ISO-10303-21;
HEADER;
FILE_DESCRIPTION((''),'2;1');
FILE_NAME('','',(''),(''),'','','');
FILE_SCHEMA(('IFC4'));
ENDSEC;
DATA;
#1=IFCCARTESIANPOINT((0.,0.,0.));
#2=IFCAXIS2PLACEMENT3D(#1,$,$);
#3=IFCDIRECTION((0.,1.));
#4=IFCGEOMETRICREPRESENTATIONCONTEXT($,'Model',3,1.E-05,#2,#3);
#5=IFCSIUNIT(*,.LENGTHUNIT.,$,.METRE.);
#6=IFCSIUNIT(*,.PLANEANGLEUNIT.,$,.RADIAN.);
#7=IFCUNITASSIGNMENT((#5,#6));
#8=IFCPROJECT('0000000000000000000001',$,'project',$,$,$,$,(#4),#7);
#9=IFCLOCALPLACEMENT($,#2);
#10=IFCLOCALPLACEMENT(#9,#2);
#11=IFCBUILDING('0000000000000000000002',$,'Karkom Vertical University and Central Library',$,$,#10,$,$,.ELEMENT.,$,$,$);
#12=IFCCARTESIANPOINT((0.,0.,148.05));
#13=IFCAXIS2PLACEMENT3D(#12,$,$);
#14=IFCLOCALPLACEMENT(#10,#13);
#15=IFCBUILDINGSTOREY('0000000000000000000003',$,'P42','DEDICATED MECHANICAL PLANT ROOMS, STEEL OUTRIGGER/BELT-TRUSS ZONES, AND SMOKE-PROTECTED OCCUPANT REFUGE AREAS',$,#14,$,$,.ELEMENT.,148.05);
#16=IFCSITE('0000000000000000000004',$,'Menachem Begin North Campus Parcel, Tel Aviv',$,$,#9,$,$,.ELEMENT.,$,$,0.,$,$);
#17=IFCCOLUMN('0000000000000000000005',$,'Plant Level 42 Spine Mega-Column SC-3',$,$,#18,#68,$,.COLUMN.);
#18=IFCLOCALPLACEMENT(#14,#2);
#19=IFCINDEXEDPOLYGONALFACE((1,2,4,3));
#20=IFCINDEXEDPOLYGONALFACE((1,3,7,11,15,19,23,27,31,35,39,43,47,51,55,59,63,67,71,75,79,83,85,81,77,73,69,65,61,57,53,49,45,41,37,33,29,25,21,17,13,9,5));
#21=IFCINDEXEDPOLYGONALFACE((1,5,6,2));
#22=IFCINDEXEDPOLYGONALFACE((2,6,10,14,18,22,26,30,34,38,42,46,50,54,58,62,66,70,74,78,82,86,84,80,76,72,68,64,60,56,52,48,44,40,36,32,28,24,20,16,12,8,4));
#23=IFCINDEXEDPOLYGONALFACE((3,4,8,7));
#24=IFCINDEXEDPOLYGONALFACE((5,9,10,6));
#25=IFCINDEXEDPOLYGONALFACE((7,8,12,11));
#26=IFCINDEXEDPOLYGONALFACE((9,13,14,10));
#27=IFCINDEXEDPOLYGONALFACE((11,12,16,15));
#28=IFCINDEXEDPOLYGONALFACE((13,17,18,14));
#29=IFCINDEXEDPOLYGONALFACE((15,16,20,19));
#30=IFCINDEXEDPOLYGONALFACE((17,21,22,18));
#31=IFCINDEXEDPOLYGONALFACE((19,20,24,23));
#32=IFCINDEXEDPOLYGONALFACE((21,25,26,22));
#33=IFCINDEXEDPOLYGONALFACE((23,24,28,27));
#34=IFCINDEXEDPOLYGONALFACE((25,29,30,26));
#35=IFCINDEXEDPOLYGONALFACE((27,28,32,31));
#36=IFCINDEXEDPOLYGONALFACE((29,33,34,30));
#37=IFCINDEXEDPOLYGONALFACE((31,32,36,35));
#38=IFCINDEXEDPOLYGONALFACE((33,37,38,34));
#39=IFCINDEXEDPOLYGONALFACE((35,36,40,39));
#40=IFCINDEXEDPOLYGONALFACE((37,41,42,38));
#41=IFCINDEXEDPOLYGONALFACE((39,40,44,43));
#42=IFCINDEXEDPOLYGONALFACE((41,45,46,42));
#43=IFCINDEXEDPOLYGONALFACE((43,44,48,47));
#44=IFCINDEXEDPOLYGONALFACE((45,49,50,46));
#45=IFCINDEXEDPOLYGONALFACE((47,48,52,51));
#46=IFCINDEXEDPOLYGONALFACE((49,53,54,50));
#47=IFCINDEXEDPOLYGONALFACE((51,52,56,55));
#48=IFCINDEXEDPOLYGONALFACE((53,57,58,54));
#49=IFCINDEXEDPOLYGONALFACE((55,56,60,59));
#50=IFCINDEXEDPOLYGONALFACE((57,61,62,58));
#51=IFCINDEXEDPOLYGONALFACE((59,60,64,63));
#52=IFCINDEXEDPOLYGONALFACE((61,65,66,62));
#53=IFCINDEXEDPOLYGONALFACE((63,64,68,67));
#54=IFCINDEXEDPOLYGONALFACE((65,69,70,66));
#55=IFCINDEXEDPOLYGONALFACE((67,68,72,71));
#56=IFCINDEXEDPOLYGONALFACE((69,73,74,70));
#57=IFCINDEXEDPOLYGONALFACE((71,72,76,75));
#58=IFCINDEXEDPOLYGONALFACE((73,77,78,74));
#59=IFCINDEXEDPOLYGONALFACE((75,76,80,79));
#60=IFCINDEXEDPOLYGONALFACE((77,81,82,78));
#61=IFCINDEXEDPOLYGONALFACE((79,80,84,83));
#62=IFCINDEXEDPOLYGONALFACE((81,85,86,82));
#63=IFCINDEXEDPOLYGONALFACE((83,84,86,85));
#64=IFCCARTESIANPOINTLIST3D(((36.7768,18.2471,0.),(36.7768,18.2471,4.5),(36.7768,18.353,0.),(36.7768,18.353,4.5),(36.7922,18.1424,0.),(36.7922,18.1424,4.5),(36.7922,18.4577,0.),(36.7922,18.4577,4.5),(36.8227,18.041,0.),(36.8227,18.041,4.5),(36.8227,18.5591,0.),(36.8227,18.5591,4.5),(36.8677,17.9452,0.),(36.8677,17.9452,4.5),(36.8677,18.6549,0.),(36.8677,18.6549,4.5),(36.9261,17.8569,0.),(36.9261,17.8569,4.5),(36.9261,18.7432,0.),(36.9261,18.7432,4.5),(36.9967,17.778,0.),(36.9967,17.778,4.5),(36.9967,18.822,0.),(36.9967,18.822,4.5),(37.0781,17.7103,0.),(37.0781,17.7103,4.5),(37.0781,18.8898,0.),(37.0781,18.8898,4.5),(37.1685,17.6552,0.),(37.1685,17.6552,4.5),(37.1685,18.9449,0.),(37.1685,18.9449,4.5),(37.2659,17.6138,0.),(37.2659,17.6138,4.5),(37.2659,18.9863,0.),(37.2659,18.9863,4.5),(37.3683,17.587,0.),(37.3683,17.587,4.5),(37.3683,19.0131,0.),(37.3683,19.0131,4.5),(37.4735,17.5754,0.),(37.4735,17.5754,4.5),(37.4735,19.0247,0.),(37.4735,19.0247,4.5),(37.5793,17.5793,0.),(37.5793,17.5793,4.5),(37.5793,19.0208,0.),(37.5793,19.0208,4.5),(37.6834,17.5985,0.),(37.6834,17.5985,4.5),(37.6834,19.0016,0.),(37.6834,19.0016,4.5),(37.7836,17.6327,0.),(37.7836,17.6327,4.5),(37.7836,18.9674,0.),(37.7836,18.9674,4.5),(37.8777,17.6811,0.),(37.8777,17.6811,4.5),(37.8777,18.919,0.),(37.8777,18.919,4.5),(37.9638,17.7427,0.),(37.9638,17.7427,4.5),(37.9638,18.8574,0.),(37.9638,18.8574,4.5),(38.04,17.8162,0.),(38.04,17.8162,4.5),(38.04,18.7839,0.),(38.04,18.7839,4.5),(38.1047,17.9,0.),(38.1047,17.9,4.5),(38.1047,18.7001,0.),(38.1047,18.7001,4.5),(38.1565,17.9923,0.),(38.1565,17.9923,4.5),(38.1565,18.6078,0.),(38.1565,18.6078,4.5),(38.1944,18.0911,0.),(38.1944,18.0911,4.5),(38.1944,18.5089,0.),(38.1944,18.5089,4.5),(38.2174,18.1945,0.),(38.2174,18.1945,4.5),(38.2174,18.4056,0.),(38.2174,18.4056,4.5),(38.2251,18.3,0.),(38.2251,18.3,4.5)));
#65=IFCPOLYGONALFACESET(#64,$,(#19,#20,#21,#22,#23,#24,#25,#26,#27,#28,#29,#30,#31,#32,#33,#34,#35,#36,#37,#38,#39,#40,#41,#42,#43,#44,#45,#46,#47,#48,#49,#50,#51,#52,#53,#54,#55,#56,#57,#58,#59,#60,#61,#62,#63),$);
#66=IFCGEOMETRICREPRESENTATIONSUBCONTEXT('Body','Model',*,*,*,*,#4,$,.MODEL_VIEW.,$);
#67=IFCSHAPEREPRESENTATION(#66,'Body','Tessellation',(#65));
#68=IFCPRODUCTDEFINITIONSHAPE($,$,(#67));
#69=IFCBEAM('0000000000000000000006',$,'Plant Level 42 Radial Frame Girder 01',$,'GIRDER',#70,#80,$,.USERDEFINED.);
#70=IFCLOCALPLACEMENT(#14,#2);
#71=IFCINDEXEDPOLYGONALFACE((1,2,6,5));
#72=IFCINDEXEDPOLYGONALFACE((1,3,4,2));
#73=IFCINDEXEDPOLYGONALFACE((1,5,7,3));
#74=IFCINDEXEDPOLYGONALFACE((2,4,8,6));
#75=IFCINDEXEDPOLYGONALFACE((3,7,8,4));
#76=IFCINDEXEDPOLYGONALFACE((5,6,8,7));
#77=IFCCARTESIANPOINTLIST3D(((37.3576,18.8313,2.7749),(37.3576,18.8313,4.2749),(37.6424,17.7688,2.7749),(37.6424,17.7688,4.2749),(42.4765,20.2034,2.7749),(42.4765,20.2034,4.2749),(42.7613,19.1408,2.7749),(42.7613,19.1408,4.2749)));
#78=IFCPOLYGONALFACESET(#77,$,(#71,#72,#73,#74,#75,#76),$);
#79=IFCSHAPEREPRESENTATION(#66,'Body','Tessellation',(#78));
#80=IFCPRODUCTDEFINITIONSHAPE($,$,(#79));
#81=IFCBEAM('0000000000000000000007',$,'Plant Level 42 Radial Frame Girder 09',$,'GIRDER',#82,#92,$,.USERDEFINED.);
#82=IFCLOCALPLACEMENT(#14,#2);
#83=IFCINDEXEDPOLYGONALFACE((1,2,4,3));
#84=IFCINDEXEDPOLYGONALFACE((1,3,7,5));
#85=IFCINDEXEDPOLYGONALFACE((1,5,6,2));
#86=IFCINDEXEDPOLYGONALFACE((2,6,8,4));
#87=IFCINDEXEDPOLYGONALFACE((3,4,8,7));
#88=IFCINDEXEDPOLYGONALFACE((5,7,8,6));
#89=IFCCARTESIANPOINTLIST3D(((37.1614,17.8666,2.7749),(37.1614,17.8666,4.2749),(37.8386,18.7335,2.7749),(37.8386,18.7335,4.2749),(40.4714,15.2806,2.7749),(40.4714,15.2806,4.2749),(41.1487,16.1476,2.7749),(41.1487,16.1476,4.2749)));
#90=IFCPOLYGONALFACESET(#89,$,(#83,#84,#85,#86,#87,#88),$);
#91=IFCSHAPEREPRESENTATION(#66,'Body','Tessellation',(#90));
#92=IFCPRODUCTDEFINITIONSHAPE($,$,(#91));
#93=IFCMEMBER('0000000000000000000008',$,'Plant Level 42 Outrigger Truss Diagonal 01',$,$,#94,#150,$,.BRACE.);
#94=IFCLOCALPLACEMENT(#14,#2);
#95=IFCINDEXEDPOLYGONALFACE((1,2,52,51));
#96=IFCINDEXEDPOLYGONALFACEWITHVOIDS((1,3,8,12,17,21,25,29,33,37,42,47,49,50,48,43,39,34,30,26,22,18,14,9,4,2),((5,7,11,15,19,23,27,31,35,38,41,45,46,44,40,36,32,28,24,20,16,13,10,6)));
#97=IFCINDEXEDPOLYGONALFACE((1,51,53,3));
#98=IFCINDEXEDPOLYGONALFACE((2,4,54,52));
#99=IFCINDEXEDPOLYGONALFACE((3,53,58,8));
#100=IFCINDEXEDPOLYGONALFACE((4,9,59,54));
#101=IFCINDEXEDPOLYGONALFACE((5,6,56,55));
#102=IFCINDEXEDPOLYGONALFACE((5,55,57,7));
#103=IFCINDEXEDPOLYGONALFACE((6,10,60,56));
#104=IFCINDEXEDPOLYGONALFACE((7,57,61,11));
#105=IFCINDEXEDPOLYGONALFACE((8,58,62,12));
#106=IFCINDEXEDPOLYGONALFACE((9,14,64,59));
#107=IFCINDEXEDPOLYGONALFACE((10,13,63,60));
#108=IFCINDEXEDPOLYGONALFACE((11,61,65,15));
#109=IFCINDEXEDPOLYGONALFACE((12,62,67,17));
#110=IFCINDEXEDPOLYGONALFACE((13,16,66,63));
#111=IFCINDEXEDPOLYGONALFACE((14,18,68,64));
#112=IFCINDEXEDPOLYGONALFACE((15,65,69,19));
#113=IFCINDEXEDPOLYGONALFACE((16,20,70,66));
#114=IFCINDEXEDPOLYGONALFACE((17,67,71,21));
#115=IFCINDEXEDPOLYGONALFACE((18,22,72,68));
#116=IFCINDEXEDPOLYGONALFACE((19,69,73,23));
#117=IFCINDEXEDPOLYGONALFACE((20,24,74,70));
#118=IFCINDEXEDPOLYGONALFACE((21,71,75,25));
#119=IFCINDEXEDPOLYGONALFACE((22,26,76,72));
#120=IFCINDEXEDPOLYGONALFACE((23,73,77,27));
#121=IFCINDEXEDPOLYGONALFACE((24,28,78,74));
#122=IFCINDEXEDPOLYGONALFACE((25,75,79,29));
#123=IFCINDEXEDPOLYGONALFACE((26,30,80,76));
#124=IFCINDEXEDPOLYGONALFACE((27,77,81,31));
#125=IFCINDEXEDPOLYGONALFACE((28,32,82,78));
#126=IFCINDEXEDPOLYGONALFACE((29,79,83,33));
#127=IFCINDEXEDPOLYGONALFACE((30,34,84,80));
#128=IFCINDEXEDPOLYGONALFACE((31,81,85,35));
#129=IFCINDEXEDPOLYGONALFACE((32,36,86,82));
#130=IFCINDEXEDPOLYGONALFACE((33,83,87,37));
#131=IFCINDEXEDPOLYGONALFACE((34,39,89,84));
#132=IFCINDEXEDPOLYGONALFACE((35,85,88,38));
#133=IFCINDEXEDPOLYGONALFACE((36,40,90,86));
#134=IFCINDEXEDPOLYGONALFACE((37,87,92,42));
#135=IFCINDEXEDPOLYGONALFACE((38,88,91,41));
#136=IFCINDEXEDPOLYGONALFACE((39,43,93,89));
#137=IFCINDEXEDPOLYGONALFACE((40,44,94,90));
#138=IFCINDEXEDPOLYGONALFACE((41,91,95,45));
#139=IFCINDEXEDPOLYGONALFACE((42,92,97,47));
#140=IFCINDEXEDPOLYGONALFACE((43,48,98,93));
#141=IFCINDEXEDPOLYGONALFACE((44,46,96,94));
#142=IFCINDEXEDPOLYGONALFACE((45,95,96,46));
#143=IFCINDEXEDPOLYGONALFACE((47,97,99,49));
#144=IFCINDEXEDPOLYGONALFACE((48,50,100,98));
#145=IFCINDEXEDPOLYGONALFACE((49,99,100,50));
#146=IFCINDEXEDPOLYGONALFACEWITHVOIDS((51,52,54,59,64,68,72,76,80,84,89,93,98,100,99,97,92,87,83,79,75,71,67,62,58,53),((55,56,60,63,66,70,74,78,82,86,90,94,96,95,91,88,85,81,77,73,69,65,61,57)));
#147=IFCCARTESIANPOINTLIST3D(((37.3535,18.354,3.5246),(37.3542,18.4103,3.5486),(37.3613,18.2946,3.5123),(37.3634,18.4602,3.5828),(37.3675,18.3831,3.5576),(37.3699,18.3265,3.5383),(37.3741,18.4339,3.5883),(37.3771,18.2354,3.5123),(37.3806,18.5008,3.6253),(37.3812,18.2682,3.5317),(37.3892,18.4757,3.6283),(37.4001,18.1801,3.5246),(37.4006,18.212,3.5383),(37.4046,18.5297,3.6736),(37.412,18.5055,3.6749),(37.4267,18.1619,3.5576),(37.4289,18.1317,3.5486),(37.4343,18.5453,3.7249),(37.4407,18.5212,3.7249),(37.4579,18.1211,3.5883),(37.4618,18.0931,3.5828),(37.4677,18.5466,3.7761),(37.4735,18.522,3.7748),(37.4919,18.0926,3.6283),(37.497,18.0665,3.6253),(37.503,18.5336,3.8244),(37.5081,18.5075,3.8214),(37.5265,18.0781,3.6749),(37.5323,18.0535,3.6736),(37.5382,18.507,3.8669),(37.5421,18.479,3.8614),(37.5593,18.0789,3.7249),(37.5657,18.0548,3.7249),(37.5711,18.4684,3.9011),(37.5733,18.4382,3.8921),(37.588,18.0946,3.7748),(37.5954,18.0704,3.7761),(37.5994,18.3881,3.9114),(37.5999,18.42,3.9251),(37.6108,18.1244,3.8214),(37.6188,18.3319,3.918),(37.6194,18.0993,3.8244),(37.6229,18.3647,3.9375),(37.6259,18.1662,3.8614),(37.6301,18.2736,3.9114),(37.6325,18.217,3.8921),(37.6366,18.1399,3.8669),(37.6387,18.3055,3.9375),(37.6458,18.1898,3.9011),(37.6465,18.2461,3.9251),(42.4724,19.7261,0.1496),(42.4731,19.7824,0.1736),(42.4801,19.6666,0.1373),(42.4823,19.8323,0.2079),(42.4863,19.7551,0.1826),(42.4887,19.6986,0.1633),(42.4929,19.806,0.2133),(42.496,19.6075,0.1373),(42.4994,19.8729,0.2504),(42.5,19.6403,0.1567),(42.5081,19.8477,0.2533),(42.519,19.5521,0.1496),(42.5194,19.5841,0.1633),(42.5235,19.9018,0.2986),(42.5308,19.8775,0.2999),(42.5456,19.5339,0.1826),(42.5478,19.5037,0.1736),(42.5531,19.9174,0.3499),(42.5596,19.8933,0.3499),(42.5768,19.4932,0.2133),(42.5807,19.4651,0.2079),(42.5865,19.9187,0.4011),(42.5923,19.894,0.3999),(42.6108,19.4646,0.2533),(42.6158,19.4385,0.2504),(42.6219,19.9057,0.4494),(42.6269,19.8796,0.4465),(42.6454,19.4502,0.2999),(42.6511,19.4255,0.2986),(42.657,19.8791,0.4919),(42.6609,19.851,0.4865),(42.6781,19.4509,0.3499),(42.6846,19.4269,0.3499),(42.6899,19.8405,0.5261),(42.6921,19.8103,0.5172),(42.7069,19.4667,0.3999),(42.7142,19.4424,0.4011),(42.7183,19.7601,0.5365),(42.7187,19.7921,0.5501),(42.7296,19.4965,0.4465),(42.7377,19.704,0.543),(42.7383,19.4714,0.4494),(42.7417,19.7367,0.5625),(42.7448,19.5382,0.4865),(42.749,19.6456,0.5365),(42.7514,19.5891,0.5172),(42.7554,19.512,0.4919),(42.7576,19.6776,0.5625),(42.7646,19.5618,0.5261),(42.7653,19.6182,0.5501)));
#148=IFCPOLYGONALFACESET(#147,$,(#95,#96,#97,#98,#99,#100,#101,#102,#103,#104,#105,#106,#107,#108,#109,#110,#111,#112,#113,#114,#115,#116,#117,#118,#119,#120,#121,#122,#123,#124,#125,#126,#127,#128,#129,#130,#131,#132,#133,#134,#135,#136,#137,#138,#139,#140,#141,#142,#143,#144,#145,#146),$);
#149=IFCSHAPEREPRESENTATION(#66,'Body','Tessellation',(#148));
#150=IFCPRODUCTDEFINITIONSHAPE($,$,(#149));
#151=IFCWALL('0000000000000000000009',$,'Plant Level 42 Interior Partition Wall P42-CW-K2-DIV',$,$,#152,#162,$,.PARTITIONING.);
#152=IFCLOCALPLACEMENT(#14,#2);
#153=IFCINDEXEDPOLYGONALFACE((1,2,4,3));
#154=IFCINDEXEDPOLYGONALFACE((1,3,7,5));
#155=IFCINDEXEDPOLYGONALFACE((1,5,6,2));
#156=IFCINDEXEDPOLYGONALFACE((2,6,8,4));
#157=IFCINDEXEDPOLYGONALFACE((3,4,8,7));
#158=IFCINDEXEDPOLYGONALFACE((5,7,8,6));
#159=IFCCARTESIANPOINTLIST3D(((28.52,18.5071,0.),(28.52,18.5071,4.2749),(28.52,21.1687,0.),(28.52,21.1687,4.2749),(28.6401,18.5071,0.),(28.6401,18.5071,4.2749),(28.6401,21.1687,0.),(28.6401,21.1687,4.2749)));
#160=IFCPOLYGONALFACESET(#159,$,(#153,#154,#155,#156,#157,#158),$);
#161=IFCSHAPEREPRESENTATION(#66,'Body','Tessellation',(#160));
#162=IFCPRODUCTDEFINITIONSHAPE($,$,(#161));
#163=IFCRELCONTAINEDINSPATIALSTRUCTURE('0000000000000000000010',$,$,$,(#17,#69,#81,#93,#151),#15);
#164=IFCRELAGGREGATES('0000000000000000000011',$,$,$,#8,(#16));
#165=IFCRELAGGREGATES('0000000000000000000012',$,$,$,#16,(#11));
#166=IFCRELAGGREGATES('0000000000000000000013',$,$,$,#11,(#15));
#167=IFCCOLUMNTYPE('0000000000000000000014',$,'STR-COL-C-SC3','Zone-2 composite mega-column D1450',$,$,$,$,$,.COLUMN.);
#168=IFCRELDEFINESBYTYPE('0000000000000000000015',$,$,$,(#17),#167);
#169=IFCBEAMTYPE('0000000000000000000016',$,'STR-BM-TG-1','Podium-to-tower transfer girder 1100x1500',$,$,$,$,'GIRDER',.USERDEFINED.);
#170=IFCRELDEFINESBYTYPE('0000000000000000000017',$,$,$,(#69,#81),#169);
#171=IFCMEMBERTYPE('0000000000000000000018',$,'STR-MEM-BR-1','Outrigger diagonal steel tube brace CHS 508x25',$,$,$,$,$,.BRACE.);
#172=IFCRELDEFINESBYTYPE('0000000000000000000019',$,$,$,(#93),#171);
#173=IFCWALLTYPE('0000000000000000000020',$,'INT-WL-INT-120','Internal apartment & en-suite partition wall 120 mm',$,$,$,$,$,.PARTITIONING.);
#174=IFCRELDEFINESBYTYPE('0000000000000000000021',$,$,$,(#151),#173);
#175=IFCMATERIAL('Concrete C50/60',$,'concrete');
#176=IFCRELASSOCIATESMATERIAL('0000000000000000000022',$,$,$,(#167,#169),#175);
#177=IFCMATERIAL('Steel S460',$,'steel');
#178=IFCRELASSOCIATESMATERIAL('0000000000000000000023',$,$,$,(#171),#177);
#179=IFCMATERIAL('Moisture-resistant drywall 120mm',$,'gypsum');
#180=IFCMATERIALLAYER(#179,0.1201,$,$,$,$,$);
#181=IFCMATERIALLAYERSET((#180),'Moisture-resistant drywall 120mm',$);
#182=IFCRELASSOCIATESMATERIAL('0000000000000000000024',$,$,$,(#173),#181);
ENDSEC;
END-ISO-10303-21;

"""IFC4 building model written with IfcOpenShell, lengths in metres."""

from ifc_helpers import new_model, si_unit, direction, frame, frame_2d, origin, origin_with_axes, origin_2d, place, context, subcontext, project, spatial, rectangle, circle, hollow_circle, extrude, source, transform, mapped, material, layer, layer_set, material_profile, profile_set, type_object, element, save


model = new_model("IFC4")

# Units and contexts
model_context = context("Model", 3, precision=1e-05, world=origin(), true_north=direction((0.0, 1.0)))
body_context = subcontext(model_context, "Body", "Model", "MODEL_VIEW")
ifc_project = project(units=[si_unit("LENGTHUNIT", "METRE"), si_unit("PLANEANGLEUNIT", "RADIAN")], contexts=[model_context])

# Site, building, storey
site_placement = place(None, origin())
site = spatial("IfcSite", under=ifc_project, at=site_placement, Name="Menachem Begin North Campus Parcel, Tel Aviv", CompositionType="ELEMENT", RefElevation=0.0)
building_placement = place(site_placement, origin())
building = spatial("IfcBuilding", under=site, at=building_placement, Name="Karkom Vertical University and Central Library", CompositionType="ELEMENT")
storey_placement = place(building_placement, frame((0.0, 0.0, 148.05)))
storey = spatial("IfcBuildingStorey", under=building, at=storey_placement, Name="P42", Description="DEDICATED MECHANICAL PLANT ROOMS, STEEL OUTRIGGER/BELT-TRUSS ZONES, AND SMOKE-PROTECTED OCCUPANT REFUGE AREAS", CompositionType="ELEMENT", Elevation=148.05)

# Column
ifc_material_1 = material(Name="Concrete C50/60", Category="concrete")
ifc_material_profile_1 = material_profile(ifc_material_1, circle(Radius=0.7251, at=origin_2d()), Name="CFT-D1450")
ifc_profile_set_1 = profile_set([ifc_material_profile_1], Name="Concrete C50/60")
column_type = type_object("IfcColumnType", Name="STR-COL-C-SC3", Description="Zone-2 composite mega-column D1450", PredefinedType="COLUMN", material=ifc_profile_set_1)
shared_shape_1 = source(origin_with_axes(), body_context, "Body", "SweptSolid", [
    extrude(circle(Radius=0.7251, at=origin_2d()), origin(), (0.0, 0.0, 1.0), 4.5),
])
column_placement = place(storey_placement, frame((37.5, 18.3, 0.0), z_axis=(0.0, 0.0, 1.0), x_axis=(1.0, 0.0, 0.0)))
element("IfcColumn", 1, at=column_placement, inside=storey, type_object=column_type, Name="Plant Level 42 Spine Mega-Column SC-3", PredefinedType="COLUMN", context=body_context, shape_type="MappedRepresentation", body=[
    mapped(shared_shape_1, transform((0.0, 0.0, 0.0), scale=1.0)),
])

# Beams
ifc_material_profile_2 = material_profile(ifc_material_1, rectangle(XDim=1.1001, YDim=1.5, at=origin_2d()), Name="TG-1100x1500")
ifc_profile_set_2 = profile_set([ifc_material_profile_2], Name="Concrete C50/60")
beam_type = type_object("IfcBeamType", Name="STR-BM-TG-1", Description="Podium-to-tower transfer girder 1100x1500", ElementType="GIRDER", PredefinedType="USERDEFINED", material=ifc_profile_set_2)
shared_shape_2 = source(origin_with_axes(), body_context, "Body", "SweptSolid", [
    extrude(rectangle(XDim=1.1001, YDim=1.5, at=origin_2d()), origin(), (0.0, 0.0, 1.0), 5.2996),
])
beam_1_placement = place(storey_placement, frame((37.5, 18.3, 3.5249), z_axis=(0.965904, 0.258901, 0.0), x_axis=(-0.258901, 0.965904, 0.0)))
element("IfcBeam", 2, at=beam_1_placement, inside=storey, type_object=beam_type, Name="Plant Level 42 Radial Frame Girder 01", ObjectType="GIRDER", PredefinedType="USERDEFINED", context=body_context, shape_type="MappedRepresentation", body=[
    mapped(shared_shape_2, transform((0.0, 0.0, 0.0), scale=1.0)),
])
shared_shape_3 = source(origin_with_axes(), body_context, "Body", "SweptSolid", [
    extrude(rectangle(XDim=1.1001, YDim=1.5, at=origin_2d()), origin(), (0.0, 0.0, 1.0), 4.2004),
])
beam_2_placement = place(storey_placement, frame((37.5, 18.3, 3.5249), z_axis=(0.78803, -0.615637, 0.0), x_axis=(0.615637, 0.78803, 0.0)))
element("IfcBeam", 3, at=beam_2_placement, inside=storey, type_object=beam_type, Name="Plant Level 42 Radial Frame Girder 09", ObjectType="GIRDER", PredefinedType="USERDEFINED", context=body_context, shape_type="MappedRepresentation", body=[
    mapped(shared_shape_3, transform((0.0, 0.0, 0.0), scale=1.0)),
])

# Member
ifc_material_2 = material(Name="Steel S460", Category="steel")
ifc_material_profile_3 = material_profile(ifc_material_2, hollow_circle(Radius=0.2539, WallThickness=0.0249, at=origin_2d()), Name="CHS 508x25")
ifc_profile_set_3 = profile_set([ifc_material_profile_3], Name="Steel S460")
member_type = type_object("IfcMemberType", Name="STR-MEM-BR-1", Description="Outrigger diagonal steel tube brace CHS 508x25", PredefinedType="BRACE", material=ifc_profile_set_3)
shared_shape_4 = source(origin_with_axes(), body_context, "Body", "SweptSolid", [
    extrude(hollow_circle(Radius=0.2539, WallThickness=0.0249, at=origin_2d()), origin(), (0.0, 0.0, 1.0), 6.283),
])
member_placement = place(storey_placement, frame((37.5, 18.3, 3.7249), z_axis=(0.814719, 0.218378, -0.537162), x_axis=(-0.258901, 0.965904, 0.0)))
element("IfcMember", 4, at=member_placement, inside=storey, type_object=member_type, Name="Plant Level 42 Outrigger Truss Diagonal 01", PredefinedType="BRACE", context=body_context, shape_type="MappedRepresentation", body=[
    mapped(shared_shape_4, transform((0.0, 0.0, 0.0), scale=1.0)),
])

# Wall
ifc_material_3 = material(Name="Moisture-resistant drywall 120mm", Category="gypsum")
ifc_layer_1 = layer(ifc_material_3, 0.1201)
ifc_layer_set_1 = layer_set([ifc_layer_1], Name="Moisture-resistant drywall 120mm")
wall_type_1 = type_object("IfcWallType", Name="INT-WL-INT-120", Description="Internal apartment & en-suite partition wall 120 mm", PredefinedType="PARTITIONING", material=ifc_layer_set_1)
wall_1_placement = place(storey_placement, frame((28.5801, 18.5071, 0.0), z_axis=(0.0, 0.0, 1.0), x_axis=(0.0, 1.0, 0.0)))
element("IfcWall", 5, at=wall_1_placement, inside=storey, type_object=wall_type_1, Name="Plant Level 42 Interior Partition Wall P42-CW-K2-DIV", PredefinedType="PARTITIONING", context=body_context, shape_type="SweptSolid", body=[
    extrude(rectangle(XDim=2.6616, YDim=0.1201, at=frame_2d((1.3308, 0.0))), origin(), (0.0, 0.0, 1.0), 4.2749),
])

save(model, "model.ifc")
